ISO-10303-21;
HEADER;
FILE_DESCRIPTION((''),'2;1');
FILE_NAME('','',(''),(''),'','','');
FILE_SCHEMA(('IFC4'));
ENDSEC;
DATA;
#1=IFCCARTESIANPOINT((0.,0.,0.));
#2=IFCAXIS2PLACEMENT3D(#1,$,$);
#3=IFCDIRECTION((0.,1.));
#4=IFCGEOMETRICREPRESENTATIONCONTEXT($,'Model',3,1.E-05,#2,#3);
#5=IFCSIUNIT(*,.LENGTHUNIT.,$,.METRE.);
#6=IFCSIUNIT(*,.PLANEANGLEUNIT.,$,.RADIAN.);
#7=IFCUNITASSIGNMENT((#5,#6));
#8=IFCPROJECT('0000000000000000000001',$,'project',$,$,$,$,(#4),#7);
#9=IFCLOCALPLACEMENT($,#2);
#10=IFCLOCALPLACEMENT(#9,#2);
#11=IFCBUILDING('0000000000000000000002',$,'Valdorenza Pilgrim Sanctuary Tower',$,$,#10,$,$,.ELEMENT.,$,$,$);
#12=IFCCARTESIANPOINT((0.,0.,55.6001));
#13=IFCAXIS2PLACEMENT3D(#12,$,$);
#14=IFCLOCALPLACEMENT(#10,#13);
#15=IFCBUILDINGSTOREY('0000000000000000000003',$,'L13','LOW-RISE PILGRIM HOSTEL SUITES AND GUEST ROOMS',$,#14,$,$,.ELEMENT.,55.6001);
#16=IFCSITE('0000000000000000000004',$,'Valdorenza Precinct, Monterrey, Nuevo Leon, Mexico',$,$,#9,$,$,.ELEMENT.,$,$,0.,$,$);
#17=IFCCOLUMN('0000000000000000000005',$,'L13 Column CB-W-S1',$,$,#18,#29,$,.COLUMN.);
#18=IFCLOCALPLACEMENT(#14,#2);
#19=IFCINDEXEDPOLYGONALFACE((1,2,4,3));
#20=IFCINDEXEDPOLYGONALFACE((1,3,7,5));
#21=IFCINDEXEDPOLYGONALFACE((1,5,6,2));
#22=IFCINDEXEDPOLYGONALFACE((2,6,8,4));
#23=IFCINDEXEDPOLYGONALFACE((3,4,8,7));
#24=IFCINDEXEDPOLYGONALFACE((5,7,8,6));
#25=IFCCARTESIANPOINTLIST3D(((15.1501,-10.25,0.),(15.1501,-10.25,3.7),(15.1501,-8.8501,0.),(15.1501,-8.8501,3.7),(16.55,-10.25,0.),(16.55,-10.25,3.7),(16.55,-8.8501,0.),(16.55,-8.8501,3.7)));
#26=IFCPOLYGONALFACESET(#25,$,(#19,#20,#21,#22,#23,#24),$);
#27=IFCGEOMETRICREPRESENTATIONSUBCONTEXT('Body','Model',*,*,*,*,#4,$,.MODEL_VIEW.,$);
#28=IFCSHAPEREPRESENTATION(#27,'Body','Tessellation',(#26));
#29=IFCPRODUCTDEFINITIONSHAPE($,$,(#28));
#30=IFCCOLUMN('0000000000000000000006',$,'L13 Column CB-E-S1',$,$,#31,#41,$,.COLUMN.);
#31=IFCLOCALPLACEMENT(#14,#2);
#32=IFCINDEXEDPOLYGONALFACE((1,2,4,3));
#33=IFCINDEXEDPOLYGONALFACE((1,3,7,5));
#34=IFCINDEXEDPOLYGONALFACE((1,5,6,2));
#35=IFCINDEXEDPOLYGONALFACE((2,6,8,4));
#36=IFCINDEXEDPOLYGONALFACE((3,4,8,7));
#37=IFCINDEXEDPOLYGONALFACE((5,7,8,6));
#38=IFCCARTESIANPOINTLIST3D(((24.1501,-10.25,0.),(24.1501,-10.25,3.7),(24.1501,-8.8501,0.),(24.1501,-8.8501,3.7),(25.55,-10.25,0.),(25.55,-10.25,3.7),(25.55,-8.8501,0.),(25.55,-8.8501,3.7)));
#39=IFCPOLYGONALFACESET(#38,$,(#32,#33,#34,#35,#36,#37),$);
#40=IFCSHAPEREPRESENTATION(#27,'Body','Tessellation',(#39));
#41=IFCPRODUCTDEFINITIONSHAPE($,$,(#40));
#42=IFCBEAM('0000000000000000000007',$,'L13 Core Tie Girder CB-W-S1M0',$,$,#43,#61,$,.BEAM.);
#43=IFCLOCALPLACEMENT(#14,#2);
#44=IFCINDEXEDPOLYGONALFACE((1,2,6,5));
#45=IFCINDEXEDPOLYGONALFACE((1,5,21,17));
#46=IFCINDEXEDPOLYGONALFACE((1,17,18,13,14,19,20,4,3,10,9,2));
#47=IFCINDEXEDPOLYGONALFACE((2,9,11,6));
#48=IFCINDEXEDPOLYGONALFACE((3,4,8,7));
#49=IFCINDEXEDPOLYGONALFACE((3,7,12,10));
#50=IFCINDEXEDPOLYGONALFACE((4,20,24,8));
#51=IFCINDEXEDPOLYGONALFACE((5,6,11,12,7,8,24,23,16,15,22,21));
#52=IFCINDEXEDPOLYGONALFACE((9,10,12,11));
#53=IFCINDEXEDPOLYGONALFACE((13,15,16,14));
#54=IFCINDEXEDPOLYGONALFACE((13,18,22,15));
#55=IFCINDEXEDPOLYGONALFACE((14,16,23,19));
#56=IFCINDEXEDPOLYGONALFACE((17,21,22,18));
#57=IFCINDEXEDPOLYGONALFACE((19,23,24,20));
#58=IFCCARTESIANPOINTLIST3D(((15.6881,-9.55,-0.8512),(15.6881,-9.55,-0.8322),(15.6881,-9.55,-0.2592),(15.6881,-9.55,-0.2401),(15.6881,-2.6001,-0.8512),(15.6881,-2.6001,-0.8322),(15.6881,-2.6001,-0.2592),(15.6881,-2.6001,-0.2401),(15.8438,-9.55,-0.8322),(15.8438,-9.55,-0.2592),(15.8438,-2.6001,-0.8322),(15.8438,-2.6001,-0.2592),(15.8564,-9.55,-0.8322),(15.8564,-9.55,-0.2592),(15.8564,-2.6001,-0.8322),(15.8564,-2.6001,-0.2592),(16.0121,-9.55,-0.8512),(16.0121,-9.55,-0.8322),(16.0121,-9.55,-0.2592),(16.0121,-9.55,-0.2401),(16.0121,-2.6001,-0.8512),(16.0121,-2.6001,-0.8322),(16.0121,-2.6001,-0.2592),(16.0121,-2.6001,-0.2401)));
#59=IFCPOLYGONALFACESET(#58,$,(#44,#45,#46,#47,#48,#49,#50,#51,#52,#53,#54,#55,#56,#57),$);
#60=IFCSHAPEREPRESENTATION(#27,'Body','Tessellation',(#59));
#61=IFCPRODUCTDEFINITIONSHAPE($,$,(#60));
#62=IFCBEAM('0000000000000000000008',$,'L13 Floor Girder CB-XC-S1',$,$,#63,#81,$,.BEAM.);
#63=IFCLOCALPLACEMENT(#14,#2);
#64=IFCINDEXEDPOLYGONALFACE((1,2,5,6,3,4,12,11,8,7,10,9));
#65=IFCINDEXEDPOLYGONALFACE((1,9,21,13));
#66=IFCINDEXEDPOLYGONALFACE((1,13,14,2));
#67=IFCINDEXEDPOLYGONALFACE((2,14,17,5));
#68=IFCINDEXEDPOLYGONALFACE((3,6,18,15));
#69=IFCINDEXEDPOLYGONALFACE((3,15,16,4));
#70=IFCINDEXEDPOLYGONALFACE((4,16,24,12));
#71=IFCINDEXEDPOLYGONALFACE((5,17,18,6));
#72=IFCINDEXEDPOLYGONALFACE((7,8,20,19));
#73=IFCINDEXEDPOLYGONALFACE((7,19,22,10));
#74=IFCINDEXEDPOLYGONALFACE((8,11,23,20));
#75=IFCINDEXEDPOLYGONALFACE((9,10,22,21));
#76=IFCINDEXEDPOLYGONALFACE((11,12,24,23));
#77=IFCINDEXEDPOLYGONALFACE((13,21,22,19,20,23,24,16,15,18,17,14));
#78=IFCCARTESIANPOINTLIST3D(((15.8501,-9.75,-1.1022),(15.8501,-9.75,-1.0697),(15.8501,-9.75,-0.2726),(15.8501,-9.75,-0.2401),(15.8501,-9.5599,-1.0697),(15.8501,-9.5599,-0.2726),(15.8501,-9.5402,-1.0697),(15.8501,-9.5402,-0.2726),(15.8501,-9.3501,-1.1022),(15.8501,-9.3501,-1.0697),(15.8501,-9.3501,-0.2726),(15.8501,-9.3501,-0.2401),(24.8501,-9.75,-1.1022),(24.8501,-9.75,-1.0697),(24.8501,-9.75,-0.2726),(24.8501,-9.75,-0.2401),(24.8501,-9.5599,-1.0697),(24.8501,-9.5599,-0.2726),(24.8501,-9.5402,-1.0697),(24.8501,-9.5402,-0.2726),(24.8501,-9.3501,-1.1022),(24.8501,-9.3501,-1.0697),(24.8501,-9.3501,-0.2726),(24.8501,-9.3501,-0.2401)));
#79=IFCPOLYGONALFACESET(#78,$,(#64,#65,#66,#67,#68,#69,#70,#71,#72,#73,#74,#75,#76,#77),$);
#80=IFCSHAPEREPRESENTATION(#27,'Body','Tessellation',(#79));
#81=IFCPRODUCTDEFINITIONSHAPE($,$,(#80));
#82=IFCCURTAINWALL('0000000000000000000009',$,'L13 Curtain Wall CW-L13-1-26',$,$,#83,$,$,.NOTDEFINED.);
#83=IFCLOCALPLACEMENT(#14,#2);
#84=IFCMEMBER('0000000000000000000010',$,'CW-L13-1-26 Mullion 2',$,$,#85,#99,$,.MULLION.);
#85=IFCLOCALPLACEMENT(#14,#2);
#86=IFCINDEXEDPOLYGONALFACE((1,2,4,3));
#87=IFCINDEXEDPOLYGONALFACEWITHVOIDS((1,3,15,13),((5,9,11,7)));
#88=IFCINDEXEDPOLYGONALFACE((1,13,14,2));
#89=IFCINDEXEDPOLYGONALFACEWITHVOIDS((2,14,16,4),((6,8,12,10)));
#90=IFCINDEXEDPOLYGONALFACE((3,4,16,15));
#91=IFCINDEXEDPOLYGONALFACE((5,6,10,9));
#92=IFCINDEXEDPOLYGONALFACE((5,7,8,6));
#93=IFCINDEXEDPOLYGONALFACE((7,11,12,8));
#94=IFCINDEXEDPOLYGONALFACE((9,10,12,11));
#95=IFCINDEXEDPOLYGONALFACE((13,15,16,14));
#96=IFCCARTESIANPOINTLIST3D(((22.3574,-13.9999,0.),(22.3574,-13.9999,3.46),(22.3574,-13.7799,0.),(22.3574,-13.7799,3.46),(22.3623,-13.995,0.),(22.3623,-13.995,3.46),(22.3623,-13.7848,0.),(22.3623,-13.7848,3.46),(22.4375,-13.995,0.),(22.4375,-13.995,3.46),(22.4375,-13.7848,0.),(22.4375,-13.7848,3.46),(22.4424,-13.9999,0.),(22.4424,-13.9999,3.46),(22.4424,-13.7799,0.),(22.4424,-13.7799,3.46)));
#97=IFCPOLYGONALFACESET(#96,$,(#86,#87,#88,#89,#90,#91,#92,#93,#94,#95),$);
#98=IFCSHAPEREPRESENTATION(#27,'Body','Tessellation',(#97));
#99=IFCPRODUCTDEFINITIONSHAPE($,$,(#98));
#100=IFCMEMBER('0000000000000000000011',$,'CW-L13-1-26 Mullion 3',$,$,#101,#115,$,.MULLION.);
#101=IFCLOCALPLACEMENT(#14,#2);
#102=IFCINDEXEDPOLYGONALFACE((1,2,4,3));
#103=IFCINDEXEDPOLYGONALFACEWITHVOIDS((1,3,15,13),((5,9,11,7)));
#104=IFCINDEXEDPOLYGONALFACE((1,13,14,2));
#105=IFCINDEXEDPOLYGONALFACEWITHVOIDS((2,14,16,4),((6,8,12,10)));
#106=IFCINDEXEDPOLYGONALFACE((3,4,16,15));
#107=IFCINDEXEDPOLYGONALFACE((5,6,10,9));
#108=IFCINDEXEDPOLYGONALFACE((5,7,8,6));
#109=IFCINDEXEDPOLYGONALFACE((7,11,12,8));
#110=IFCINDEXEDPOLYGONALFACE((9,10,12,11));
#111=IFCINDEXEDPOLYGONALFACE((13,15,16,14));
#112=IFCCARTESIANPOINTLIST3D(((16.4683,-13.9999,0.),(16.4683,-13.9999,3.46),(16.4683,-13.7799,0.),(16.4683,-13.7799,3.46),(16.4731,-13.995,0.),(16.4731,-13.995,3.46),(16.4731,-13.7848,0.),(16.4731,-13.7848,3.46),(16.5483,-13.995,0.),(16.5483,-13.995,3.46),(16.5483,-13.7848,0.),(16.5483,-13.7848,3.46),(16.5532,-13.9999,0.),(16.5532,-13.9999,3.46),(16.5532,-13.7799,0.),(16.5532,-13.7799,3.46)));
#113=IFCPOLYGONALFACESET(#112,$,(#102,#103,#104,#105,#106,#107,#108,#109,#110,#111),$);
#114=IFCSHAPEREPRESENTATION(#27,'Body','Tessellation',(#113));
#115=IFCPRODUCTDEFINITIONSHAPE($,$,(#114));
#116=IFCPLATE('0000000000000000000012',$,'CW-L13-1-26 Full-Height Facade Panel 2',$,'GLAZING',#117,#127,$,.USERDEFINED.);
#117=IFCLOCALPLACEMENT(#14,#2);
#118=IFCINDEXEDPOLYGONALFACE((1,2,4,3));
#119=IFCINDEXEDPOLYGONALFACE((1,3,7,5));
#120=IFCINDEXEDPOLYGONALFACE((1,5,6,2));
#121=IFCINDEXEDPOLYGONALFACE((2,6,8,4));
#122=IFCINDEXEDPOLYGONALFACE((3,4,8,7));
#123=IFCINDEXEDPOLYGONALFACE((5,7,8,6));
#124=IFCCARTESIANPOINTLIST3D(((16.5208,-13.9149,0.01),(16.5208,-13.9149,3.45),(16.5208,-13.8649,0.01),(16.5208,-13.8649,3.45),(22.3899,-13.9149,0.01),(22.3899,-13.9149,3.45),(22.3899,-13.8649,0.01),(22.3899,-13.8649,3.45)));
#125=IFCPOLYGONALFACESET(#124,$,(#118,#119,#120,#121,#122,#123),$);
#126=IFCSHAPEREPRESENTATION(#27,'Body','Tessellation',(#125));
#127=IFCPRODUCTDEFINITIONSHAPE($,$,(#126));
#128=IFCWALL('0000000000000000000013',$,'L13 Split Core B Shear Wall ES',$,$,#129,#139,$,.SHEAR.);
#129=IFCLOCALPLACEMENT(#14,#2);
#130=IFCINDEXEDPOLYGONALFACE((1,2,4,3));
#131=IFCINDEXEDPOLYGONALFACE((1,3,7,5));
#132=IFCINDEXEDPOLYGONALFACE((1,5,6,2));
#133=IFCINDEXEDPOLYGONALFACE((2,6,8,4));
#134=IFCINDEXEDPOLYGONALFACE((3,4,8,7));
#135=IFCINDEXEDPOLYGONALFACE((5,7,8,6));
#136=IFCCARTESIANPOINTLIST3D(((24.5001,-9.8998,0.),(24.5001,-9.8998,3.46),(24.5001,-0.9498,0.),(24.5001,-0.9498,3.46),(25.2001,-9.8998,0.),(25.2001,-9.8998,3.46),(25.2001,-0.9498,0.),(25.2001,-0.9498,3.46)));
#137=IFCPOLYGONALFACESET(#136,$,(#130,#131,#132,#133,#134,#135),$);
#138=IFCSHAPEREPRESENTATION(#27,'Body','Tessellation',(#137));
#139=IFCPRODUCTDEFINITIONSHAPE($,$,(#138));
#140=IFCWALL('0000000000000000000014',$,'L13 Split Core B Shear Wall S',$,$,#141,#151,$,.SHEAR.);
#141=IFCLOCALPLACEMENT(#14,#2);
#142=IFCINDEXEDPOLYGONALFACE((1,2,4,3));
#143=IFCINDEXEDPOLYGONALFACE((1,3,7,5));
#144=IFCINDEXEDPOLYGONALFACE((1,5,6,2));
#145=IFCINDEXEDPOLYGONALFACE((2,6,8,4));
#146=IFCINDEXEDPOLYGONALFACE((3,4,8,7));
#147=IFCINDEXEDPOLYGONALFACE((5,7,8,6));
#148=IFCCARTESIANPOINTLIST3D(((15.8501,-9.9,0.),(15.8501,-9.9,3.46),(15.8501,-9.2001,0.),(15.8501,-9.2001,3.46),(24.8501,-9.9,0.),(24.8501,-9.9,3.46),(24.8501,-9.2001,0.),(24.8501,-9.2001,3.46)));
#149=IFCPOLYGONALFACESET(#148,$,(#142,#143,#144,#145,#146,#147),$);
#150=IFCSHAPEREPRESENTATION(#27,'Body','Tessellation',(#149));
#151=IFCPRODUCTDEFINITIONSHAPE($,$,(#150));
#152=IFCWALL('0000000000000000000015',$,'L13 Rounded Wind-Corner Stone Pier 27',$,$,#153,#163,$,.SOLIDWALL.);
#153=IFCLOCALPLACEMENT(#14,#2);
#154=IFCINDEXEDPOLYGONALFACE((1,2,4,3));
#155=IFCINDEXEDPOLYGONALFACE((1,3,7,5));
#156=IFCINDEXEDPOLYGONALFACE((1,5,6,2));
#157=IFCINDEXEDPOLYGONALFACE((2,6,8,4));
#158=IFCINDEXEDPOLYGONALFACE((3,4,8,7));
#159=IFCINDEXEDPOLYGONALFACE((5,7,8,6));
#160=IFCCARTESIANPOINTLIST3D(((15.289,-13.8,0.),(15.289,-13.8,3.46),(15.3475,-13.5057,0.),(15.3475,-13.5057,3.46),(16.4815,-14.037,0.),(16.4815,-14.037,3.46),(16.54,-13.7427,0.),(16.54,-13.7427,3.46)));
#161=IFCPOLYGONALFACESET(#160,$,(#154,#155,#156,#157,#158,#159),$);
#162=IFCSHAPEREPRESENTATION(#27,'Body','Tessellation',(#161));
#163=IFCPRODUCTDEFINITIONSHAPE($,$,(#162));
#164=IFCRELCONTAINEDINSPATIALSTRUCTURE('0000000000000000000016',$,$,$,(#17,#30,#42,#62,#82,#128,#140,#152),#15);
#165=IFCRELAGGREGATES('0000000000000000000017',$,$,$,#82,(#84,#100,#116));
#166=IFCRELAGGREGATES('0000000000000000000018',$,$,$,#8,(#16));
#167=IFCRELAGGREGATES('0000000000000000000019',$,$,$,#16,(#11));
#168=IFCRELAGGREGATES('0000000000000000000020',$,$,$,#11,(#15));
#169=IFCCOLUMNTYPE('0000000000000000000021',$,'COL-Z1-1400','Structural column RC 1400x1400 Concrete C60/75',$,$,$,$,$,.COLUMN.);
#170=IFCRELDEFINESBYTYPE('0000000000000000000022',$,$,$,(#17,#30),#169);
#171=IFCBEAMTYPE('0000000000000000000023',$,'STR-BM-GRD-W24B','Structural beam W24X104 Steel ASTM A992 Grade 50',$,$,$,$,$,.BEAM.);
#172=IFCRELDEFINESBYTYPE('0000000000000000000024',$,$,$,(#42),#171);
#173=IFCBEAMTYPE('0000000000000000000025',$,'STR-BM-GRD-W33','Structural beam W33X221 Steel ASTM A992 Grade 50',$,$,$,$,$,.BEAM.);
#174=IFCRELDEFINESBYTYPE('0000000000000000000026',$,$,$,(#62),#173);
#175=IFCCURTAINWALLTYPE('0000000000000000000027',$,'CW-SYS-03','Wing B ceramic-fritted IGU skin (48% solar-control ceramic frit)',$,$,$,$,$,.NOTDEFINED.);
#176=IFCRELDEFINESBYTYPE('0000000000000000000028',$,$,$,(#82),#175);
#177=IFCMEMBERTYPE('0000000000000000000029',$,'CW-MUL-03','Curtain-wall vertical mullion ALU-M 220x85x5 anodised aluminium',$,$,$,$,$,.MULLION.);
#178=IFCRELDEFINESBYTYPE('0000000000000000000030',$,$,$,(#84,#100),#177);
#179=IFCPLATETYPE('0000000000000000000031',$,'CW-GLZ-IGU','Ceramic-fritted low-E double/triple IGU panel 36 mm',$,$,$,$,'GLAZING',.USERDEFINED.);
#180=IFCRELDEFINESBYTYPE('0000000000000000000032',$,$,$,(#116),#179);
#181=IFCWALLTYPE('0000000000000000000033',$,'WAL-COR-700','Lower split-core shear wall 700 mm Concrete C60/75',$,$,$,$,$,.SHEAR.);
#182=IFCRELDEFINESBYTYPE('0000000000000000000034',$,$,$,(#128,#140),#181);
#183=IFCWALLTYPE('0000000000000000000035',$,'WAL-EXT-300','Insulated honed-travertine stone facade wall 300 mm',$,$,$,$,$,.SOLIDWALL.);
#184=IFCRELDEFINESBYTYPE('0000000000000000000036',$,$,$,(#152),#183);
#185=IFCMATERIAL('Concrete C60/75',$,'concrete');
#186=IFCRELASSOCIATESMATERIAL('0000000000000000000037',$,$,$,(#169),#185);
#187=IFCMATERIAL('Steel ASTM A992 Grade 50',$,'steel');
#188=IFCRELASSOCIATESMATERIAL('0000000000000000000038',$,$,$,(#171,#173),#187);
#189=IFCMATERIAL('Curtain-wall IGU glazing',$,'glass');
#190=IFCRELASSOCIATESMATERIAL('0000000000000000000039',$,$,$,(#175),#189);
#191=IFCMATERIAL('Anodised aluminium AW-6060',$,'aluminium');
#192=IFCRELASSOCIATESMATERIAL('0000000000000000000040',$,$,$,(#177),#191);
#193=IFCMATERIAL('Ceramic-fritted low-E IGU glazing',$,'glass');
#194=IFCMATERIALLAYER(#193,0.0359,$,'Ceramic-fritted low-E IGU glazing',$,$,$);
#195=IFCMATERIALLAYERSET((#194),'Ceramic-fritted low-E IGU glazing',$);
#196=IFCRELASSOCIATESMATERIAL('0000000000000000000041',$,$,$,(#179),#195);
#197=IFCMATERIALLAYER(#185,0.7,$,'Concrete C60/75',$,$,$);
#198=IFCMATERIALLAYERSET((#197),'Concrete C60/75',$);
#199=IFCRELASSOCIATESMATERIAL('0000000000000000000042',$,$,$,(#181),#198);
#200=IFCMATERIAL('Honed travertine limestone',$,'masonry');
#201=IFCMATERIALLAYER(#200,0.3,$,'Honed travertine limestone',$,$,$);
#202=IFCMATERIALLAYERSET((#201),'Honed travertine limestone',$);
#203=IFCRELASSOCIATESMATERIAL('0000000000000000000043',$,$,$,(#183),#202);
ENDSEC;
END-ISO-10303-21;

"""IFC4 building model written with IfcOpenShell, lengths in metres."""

from ifc_helpers import new_model, si_unit, direction, frame, frame_2d, origin, origin_2d, place, context, subcontext, project, spatial, rectangle, hollow_rectangle, i_section, extrude, source, transform, mapped, material, layer, layer_set, material_profile, profile_set, type_object, element, aggregate, save


model = new_model("IFC4")

# Units and contexts
model_context = context("Model", 3, precision=1e-05, world=origin(), true_north=direction((0.0, 1.0)))
body_context = subcontext(model_context, "Body", "Model", "MODEL_VIEW")
ifc_project = project(units=[si_unit("LENGTHUNIT", "METRE"), si_unit("PLANEANGLEUNIT", "RADIAN")], contexts=[model_context])

# Site, building, storey
site_placement = place(None, origin())
site = spatial("IfcSite", under=ifc_project, at=site_placement, Name="Valdorenza Precinct, Monterrey, Nuevo Leon, Mexico", CompositionType="ELEMENT", RefElevation=0.0)
building_placement = place(site_placement, origin())
building = spatial("IfcBuilding", under=site, at=building_placement, Name="Valdorenza Pilgrim Sanctuary Tower", CompositionType="ELEMENT")
storey_placement = place(building_placement, frame((0.0, 0.0, 55.6001)))
storey = spatial("IfcBuildingStorey", under=building, at=storey_placement, Name="L13", Description="LOW-RISE PILGRIM HOSTEL SUITES AND GUEST ROOMS", CompositionType="ELEMENT", Elevation=55.6001)

# Columns
ifc_material_1 = material(Name="Concrete C60/75", Category="concrete")
ifc_material_profile_1 = material_profile(ifc_material_1, rectangle(XDim=1.3999, YDim=1.3999, at=origin_2d()), Name="RC 1400x1400")
ifc_profile_set_1 = profile_set([ifc_material_profile_1], Name="Concrete C60/75")
column_type = type_object("IfcColumnType", Name="COL-Z1-1400", Description="Structural column RC 1400x1400 Concrete C60/75", PredefinedType="COLUMN", material=ifc_profile_set_1)
shared_shape_1 = source(origin(), body_context, "Body", "SweptSolid", [
    extrude(rectangle(XDim=1.3999, YDim=1.3999, at=origin_2d()), origin(), (0.0, 0.0, 1.0), 3.7),
])
for number, where, z_axis, x_axis, name in (
    (1, (15.8501, -9.55, 0.0), (0.0, 0.0, 1.0), (1.0, 0.0, 0.0), "L13 Column CB-W-S1"),
    (2, (24.8501, -9.55, 0.0), (0.0, 0.0, 1.0), (1.0, 0.0, 0.0), "L13 Column CB-E-S1"),
):
    element("IfcColumn", number, at=place(storey_placement, frame(where, z_axis=z_axis, x_axis=x_axis)), inside=storey, type_object=column_type, Name=name, PredefinedType="COLUMN", context=body_context, shape_type="MappedRepresentation", body=[
        mapped(shared_shape_1, transform((0.0, 0.0, 0.0), x_axis=(1.0, 0.0, 0.0), y_axis=(0.0, 1.0, 0.0), z_axis=(0.0, 0.0, 1.0), scale=1.0)),
    ])

# Beams
ifc_material_2 = material(Name="Steel ASTM A992 Grade 50", Category="steel")
ifc_material_profile_2 = material_profile(ifc_material_2, i_section(OverallWidth=0.324, OverallDepth=0.6111, WebThickness=0.0127, FlangeThickness=0.019, at=origin_2d()), Name="W24X104")
ifc_profile_set_2 = profile_set([ifc_material_profile_2], Name="Steel ASTM A992 Grade 50")
beam_type_1 = type_object("IfcBeamType", Name="STR-BM-GRD-W24B", Description="Structural beam W24X104 Steel ASTM A992 Grade 50", PredefinedType="BEAM", material=ifc_profile_set_2)
shared_shape_2 = source(origin(), body_context, "Body", "SweptSolid", [
    extrude(i_section(OverallWidth=0.324, OverallDepth=0.6111, WebThickness=0.0127, FlangeThickness=0.019, at=origin_2d()), origin(), (0.0, 0.0, 1.0), 6.95),
])
beam_1_placement = place(storey_placement, frame((15.8501, -9.55, -0.5457), z_axis=(0.0, 1.0, 0.0), x_axis=(-1.0, 0.0, 0.0)))
element("IfcBeam", 3, at=beam_1_placement, inside=storey, type_object=beam_type_1, Name="L13 Core Tie Girder CB-W-S1M0", PredefinedType="BEAM", context=body_context, shape_type="MappedRepresentation", body=[
    mapped(shared_shape_2, transform((0.0, 0.0, 0.0), x_axis=(1.0, 0.0, 0.0), y_axis=(0.0, 1.0, 0.0), z_axis=(0.0, 0.0, 1.0), scale=1.0)),
])
ifc_material_profile_3 = material_profile(ifc_material_2, i_section(OverallWidth=0.3999, OverallDepth=0.8621, WebThickness=0.0198, FlangeThickness=0.0325, at=origin_2d()), Name="W33X221")
ifc_profile_set_3 = profile_set([ifc_material_profile_3], Name="Steel ASTM A992 Grade 50")
beam_type_2 = type_object("IfcBeamType", Name="STR-BM-GRD-W33", Description="Structural beam W33X221 Steel ASTM A992 Grade 50", PredefinedType="BEAM", material=ifc_profile_set_3)
shared_shape_3 = source(origin(), body_context, "Body", "SweptSolid", [
    extrude(i_section(OverallWidth=0.3999, OverallDepth=0.8621, WebThickness=0.0198, FlangeThickness=0.0325, at=origin_2d()), origin(), (0.0, 0.0, 1.0), 9.0),
])
beam_2_placement = place(storey_placement, frame((15.8501, -9.55, -0.6711), z_axis=(1.0, 0.0, 0.0), x_axis=(0.0, 1.0, 0.0)))
element("IfcBeam", 4, at=beam_2_placement, inside=storey, type_object=beam_type_2, Name="L13 Floor Girder CB-XC-S1", PredefinedType="BEAM", context=body_context, shape_type="MappedRepresentation", body=[
    mapped(shared_shape_3, transform((0.0, 0.0, 0.0), x_axis=(1.0, 0.0, 0.0), y_axis=(0.0, 1.0, 0.0), z_axis=(0.0, 0.0, 1.0), scale=1.0)),
])

# Curtain wall, members, plate
ifc_material_3 = material(Name="Curtain-wall IGU glazing", Category="glass")
curtain_wall_type = type_object("IfcCurtainWallType", Name="CW-SYS-03", Description="Wing B ceramic-fritted IGU skin (48% solar-control ceramic frit)", PredefinedType="NOTDEFINED", material=ifc_material_3)
curtain_wall_placement = place(storey_placement, origin())
curtain_wall = element("IfcCurtainWall", 5, at=curtain_wall_placement, inside=storey, type_object=curtain_wall_type, Name="L13 Curtain Wall CW-L13-1-26", PredefinedType="NOTDEFINED")
ifc_material_4 = material(Name="Anodised aluminium AW-6060", Category="aluminium")
ifc_material_profile_4 = material_profile(ifc_material_4, hollow_rectangle(XDim=0.085, YDim=0.22, WallThickness=0.0049, at=origin_2d()), Name="ALU-M 220x85x5")
ifc_profile_set_4 = profile_set([ifc_material_profile_4], Name="Anodised aluminium AW-6060")
member_type = type_object("IfcMemberType", Name="CW-MUL-03", Description="Curtain-wall vertical mullion ALU-M 220x85x5 anodised aluminium", PredefinedType="MULLION", material=ifc_profile_set_4)
shared_shape_4 = source(origin(), body_context, "Body", "SweptSolid", [
    extrude(hollow_rectangle(XDim=0.085, YDim=0.22, WallThickness=0.0049, at=origin_2d()), origin(), (0.0, 0.0, 1.0), 3.46),
])
member_1_placement = place(storey_placement, frame((22.3999, -13.8899, 0.0), z_axis=(0.0, 0.0, 1.0), x_axis=(-1.0, 0.0, 0.0)))
member_1 = element("IfcMember", 6, at=member_1_placement, type_object=member_type, Name="CW-L13-1-26 Mullion 2", PredefinedType="MULLION", context=body_context, shape_type="MappedRepresentation", body=[
    mapped(shared_shape_4, transform((0.0, 0.0, 0.0), x_axis=(1.0, 0.0, 0.0), y_axis=(0.0, 1.0, 0.0), z_axis=(0.0, 0.0, 1.0), scale=1.0)),
])
member_2_placement = place(storey_placement, frame((16.5107, -13.8899, 0.0), z_axis=(0.0, 0.0, 1.0), x_axis=(-1.0, 0.0, 0.0)))
member_2 = element("IfcMember", 7, at=member_2_placement, type_object=member_type, Name="CW-L13-1-26 Mullion 3", PredefinedType="MULLION", context=body_context, shape_type="MappedRepresentation", body=[
    mapped(shared_shape_4, transform((0.0, 0.0, 0.0), x_axis=(1.0, 0.0, 0.0), y_axis=(0.0, 1.0, 0.0), z_axis=(0.0, 0.0, 1.0), scale=1.0)),
])
ifc_material_5 = material(Name="Ceramic-fritted low-E IGU glazing", Category="glass")
ifc_layer_1 = layer(ifc_material_5, 0.0359, Name="Ceramic-fritted low-E IGU glazing")
ifc_layer_set_1 = layer_set([ifc_layer_1], Name="Ceramic-fritted low-E IGU glazing")
plate_type = type_object("IfcPlateType", Name="CW-GLZ-IGU", Description="Ceramic-fritted low-E double/triple IGU panel 36 mm", ElementType="GLAZING", PredefinedType="USERDEFINED", material=ifc_layer_set_1)
shared_shape_5 = source(origin(), body_context, "Body", "SweptSolid", [
    extrude(rectangle(XDim=5.8691, YDim=0.05, at=origin_2d()), origin(), (0.0, 0.0, 1.0), 3.4399),
])
plate_placement = place(storey_placement, frame((19.4553, -13.8899, 0.01), z_axis=(0.0, 0.0, 1.0), x_axis=(-1.0, 0.0, 0.0)))
plate = element("IfcPlate", 8, at=plate_placement, type_object=plate_type, Name="CW-L13-1-26 Full-Height Facade Panel 2", ObjectType="GLAZING", PredefinedType="USERDEFINED", context=body_context, shape_type="MappedRepresentation", body=[
    mapped(shared_shape_5, transform((0.0, 0.0, 0.0), x_axis=(1.0, 0.0, 0.0), y_axis=(0.0, 1.0, 0.0), z_axis=(0.0, 0.0, 1.0), scale=1.0)),
])
aggregate(curtain_wall, [member_1, member_2, plate])

# Walls
ifc_layer_2 = layer(ifc_material_1, 0.7, Name="Concrete C60/75")
ifc_layer_set_2 = layer_set([ifc_layer_2], Name="Concrete C60/75")
wall_type_1 = type_object("IfcWallType", Name="WAL-COR-700", Description="Lower split-core shear wall 700 mm Concrete C60/75", PredefinedType="SHEAR", material=ifc_layer_set_2)
wall_1_placement = place(storey_placement, frame((24.8501, -9.8999, 0.0), z_axis=(0.0, 0.0, 1.0), x_axis=(0.0, 1.0, 0.0)))
element("IfcWall", 9, at=wall_1_placement, inside=storey, type_object=wall_type_1, Name="L13 Split Core B Shear Wall ES", PredefinedType="SHEAR", context=body_context, shape_type="SweptSolid", body=[
    extrude(rectangle(XDim=8.95, YDim=0.7, at=frame_2d((4.4751, 0.0))), origin(), (0.0, 0.0, 1.0), 3.46),
])
wall_2_placement = place(storey_placement, frame((15.8501, -9.55, 0.0), z_axis=(0.0, 0.0, 1.0), x_axis=(1.0, 0.0, 0.0)))
element("IfcWall", 10, at=wall_2_placement, inside=storey, type_object=wall_type_1, Name="L13 Split Core B Shear Wall S", PredefinedType="SHEAR", context=body_context, shape_type="SweptSolid", body=[
    extrude(rectangle(XDim=9.0, YDim=0.7, at=frame_2d((4.5, 0.0))), origin(), (0.0, 0.0, 1.0), 3.46),
])
ifc_material_6 = material(Name="Honed travertine limestone", Category="masonry")
ifc_layer_3 = layer(ifc_material_6, 0.3, Name="Honed travertine limestone")
ifc_layer_set_3 = layer_set([ifc_layer_3], Name="Honed travertine limestone")
wall_type_2 = type_object("IfcWallType", Name="WAL-EXT-300", Description="Insulated honed-travertine stone facade wall 300 mm", PredefinedType="SOLIDWALL", material=ifc_layer_set_3)
wall_3_placement = place(storey_placement, frame((16.5107, -13.8899, 0.0), z_axis=(0.0, 0.0, 1.0), x_axis=(-0.980804, 0.194996, 0.0)))
element("IfcWall", 11, at=wall_3_placement, inside=storey, type_object=wall_type_2, Name="L13 Rounded Wind-Corner Stone Pier 27", PredefinedType="SOLIDWALL", context=body_context, shape_type="SweptSolid", body=[
    extrude(rectangle(XDim=1.2158, YDim=0.3, at=frame_2d((0.6079, 0.0))), origin(), (0.0, 0.0, 1.0), 3.46),
])

save(model, "model.ifc")
